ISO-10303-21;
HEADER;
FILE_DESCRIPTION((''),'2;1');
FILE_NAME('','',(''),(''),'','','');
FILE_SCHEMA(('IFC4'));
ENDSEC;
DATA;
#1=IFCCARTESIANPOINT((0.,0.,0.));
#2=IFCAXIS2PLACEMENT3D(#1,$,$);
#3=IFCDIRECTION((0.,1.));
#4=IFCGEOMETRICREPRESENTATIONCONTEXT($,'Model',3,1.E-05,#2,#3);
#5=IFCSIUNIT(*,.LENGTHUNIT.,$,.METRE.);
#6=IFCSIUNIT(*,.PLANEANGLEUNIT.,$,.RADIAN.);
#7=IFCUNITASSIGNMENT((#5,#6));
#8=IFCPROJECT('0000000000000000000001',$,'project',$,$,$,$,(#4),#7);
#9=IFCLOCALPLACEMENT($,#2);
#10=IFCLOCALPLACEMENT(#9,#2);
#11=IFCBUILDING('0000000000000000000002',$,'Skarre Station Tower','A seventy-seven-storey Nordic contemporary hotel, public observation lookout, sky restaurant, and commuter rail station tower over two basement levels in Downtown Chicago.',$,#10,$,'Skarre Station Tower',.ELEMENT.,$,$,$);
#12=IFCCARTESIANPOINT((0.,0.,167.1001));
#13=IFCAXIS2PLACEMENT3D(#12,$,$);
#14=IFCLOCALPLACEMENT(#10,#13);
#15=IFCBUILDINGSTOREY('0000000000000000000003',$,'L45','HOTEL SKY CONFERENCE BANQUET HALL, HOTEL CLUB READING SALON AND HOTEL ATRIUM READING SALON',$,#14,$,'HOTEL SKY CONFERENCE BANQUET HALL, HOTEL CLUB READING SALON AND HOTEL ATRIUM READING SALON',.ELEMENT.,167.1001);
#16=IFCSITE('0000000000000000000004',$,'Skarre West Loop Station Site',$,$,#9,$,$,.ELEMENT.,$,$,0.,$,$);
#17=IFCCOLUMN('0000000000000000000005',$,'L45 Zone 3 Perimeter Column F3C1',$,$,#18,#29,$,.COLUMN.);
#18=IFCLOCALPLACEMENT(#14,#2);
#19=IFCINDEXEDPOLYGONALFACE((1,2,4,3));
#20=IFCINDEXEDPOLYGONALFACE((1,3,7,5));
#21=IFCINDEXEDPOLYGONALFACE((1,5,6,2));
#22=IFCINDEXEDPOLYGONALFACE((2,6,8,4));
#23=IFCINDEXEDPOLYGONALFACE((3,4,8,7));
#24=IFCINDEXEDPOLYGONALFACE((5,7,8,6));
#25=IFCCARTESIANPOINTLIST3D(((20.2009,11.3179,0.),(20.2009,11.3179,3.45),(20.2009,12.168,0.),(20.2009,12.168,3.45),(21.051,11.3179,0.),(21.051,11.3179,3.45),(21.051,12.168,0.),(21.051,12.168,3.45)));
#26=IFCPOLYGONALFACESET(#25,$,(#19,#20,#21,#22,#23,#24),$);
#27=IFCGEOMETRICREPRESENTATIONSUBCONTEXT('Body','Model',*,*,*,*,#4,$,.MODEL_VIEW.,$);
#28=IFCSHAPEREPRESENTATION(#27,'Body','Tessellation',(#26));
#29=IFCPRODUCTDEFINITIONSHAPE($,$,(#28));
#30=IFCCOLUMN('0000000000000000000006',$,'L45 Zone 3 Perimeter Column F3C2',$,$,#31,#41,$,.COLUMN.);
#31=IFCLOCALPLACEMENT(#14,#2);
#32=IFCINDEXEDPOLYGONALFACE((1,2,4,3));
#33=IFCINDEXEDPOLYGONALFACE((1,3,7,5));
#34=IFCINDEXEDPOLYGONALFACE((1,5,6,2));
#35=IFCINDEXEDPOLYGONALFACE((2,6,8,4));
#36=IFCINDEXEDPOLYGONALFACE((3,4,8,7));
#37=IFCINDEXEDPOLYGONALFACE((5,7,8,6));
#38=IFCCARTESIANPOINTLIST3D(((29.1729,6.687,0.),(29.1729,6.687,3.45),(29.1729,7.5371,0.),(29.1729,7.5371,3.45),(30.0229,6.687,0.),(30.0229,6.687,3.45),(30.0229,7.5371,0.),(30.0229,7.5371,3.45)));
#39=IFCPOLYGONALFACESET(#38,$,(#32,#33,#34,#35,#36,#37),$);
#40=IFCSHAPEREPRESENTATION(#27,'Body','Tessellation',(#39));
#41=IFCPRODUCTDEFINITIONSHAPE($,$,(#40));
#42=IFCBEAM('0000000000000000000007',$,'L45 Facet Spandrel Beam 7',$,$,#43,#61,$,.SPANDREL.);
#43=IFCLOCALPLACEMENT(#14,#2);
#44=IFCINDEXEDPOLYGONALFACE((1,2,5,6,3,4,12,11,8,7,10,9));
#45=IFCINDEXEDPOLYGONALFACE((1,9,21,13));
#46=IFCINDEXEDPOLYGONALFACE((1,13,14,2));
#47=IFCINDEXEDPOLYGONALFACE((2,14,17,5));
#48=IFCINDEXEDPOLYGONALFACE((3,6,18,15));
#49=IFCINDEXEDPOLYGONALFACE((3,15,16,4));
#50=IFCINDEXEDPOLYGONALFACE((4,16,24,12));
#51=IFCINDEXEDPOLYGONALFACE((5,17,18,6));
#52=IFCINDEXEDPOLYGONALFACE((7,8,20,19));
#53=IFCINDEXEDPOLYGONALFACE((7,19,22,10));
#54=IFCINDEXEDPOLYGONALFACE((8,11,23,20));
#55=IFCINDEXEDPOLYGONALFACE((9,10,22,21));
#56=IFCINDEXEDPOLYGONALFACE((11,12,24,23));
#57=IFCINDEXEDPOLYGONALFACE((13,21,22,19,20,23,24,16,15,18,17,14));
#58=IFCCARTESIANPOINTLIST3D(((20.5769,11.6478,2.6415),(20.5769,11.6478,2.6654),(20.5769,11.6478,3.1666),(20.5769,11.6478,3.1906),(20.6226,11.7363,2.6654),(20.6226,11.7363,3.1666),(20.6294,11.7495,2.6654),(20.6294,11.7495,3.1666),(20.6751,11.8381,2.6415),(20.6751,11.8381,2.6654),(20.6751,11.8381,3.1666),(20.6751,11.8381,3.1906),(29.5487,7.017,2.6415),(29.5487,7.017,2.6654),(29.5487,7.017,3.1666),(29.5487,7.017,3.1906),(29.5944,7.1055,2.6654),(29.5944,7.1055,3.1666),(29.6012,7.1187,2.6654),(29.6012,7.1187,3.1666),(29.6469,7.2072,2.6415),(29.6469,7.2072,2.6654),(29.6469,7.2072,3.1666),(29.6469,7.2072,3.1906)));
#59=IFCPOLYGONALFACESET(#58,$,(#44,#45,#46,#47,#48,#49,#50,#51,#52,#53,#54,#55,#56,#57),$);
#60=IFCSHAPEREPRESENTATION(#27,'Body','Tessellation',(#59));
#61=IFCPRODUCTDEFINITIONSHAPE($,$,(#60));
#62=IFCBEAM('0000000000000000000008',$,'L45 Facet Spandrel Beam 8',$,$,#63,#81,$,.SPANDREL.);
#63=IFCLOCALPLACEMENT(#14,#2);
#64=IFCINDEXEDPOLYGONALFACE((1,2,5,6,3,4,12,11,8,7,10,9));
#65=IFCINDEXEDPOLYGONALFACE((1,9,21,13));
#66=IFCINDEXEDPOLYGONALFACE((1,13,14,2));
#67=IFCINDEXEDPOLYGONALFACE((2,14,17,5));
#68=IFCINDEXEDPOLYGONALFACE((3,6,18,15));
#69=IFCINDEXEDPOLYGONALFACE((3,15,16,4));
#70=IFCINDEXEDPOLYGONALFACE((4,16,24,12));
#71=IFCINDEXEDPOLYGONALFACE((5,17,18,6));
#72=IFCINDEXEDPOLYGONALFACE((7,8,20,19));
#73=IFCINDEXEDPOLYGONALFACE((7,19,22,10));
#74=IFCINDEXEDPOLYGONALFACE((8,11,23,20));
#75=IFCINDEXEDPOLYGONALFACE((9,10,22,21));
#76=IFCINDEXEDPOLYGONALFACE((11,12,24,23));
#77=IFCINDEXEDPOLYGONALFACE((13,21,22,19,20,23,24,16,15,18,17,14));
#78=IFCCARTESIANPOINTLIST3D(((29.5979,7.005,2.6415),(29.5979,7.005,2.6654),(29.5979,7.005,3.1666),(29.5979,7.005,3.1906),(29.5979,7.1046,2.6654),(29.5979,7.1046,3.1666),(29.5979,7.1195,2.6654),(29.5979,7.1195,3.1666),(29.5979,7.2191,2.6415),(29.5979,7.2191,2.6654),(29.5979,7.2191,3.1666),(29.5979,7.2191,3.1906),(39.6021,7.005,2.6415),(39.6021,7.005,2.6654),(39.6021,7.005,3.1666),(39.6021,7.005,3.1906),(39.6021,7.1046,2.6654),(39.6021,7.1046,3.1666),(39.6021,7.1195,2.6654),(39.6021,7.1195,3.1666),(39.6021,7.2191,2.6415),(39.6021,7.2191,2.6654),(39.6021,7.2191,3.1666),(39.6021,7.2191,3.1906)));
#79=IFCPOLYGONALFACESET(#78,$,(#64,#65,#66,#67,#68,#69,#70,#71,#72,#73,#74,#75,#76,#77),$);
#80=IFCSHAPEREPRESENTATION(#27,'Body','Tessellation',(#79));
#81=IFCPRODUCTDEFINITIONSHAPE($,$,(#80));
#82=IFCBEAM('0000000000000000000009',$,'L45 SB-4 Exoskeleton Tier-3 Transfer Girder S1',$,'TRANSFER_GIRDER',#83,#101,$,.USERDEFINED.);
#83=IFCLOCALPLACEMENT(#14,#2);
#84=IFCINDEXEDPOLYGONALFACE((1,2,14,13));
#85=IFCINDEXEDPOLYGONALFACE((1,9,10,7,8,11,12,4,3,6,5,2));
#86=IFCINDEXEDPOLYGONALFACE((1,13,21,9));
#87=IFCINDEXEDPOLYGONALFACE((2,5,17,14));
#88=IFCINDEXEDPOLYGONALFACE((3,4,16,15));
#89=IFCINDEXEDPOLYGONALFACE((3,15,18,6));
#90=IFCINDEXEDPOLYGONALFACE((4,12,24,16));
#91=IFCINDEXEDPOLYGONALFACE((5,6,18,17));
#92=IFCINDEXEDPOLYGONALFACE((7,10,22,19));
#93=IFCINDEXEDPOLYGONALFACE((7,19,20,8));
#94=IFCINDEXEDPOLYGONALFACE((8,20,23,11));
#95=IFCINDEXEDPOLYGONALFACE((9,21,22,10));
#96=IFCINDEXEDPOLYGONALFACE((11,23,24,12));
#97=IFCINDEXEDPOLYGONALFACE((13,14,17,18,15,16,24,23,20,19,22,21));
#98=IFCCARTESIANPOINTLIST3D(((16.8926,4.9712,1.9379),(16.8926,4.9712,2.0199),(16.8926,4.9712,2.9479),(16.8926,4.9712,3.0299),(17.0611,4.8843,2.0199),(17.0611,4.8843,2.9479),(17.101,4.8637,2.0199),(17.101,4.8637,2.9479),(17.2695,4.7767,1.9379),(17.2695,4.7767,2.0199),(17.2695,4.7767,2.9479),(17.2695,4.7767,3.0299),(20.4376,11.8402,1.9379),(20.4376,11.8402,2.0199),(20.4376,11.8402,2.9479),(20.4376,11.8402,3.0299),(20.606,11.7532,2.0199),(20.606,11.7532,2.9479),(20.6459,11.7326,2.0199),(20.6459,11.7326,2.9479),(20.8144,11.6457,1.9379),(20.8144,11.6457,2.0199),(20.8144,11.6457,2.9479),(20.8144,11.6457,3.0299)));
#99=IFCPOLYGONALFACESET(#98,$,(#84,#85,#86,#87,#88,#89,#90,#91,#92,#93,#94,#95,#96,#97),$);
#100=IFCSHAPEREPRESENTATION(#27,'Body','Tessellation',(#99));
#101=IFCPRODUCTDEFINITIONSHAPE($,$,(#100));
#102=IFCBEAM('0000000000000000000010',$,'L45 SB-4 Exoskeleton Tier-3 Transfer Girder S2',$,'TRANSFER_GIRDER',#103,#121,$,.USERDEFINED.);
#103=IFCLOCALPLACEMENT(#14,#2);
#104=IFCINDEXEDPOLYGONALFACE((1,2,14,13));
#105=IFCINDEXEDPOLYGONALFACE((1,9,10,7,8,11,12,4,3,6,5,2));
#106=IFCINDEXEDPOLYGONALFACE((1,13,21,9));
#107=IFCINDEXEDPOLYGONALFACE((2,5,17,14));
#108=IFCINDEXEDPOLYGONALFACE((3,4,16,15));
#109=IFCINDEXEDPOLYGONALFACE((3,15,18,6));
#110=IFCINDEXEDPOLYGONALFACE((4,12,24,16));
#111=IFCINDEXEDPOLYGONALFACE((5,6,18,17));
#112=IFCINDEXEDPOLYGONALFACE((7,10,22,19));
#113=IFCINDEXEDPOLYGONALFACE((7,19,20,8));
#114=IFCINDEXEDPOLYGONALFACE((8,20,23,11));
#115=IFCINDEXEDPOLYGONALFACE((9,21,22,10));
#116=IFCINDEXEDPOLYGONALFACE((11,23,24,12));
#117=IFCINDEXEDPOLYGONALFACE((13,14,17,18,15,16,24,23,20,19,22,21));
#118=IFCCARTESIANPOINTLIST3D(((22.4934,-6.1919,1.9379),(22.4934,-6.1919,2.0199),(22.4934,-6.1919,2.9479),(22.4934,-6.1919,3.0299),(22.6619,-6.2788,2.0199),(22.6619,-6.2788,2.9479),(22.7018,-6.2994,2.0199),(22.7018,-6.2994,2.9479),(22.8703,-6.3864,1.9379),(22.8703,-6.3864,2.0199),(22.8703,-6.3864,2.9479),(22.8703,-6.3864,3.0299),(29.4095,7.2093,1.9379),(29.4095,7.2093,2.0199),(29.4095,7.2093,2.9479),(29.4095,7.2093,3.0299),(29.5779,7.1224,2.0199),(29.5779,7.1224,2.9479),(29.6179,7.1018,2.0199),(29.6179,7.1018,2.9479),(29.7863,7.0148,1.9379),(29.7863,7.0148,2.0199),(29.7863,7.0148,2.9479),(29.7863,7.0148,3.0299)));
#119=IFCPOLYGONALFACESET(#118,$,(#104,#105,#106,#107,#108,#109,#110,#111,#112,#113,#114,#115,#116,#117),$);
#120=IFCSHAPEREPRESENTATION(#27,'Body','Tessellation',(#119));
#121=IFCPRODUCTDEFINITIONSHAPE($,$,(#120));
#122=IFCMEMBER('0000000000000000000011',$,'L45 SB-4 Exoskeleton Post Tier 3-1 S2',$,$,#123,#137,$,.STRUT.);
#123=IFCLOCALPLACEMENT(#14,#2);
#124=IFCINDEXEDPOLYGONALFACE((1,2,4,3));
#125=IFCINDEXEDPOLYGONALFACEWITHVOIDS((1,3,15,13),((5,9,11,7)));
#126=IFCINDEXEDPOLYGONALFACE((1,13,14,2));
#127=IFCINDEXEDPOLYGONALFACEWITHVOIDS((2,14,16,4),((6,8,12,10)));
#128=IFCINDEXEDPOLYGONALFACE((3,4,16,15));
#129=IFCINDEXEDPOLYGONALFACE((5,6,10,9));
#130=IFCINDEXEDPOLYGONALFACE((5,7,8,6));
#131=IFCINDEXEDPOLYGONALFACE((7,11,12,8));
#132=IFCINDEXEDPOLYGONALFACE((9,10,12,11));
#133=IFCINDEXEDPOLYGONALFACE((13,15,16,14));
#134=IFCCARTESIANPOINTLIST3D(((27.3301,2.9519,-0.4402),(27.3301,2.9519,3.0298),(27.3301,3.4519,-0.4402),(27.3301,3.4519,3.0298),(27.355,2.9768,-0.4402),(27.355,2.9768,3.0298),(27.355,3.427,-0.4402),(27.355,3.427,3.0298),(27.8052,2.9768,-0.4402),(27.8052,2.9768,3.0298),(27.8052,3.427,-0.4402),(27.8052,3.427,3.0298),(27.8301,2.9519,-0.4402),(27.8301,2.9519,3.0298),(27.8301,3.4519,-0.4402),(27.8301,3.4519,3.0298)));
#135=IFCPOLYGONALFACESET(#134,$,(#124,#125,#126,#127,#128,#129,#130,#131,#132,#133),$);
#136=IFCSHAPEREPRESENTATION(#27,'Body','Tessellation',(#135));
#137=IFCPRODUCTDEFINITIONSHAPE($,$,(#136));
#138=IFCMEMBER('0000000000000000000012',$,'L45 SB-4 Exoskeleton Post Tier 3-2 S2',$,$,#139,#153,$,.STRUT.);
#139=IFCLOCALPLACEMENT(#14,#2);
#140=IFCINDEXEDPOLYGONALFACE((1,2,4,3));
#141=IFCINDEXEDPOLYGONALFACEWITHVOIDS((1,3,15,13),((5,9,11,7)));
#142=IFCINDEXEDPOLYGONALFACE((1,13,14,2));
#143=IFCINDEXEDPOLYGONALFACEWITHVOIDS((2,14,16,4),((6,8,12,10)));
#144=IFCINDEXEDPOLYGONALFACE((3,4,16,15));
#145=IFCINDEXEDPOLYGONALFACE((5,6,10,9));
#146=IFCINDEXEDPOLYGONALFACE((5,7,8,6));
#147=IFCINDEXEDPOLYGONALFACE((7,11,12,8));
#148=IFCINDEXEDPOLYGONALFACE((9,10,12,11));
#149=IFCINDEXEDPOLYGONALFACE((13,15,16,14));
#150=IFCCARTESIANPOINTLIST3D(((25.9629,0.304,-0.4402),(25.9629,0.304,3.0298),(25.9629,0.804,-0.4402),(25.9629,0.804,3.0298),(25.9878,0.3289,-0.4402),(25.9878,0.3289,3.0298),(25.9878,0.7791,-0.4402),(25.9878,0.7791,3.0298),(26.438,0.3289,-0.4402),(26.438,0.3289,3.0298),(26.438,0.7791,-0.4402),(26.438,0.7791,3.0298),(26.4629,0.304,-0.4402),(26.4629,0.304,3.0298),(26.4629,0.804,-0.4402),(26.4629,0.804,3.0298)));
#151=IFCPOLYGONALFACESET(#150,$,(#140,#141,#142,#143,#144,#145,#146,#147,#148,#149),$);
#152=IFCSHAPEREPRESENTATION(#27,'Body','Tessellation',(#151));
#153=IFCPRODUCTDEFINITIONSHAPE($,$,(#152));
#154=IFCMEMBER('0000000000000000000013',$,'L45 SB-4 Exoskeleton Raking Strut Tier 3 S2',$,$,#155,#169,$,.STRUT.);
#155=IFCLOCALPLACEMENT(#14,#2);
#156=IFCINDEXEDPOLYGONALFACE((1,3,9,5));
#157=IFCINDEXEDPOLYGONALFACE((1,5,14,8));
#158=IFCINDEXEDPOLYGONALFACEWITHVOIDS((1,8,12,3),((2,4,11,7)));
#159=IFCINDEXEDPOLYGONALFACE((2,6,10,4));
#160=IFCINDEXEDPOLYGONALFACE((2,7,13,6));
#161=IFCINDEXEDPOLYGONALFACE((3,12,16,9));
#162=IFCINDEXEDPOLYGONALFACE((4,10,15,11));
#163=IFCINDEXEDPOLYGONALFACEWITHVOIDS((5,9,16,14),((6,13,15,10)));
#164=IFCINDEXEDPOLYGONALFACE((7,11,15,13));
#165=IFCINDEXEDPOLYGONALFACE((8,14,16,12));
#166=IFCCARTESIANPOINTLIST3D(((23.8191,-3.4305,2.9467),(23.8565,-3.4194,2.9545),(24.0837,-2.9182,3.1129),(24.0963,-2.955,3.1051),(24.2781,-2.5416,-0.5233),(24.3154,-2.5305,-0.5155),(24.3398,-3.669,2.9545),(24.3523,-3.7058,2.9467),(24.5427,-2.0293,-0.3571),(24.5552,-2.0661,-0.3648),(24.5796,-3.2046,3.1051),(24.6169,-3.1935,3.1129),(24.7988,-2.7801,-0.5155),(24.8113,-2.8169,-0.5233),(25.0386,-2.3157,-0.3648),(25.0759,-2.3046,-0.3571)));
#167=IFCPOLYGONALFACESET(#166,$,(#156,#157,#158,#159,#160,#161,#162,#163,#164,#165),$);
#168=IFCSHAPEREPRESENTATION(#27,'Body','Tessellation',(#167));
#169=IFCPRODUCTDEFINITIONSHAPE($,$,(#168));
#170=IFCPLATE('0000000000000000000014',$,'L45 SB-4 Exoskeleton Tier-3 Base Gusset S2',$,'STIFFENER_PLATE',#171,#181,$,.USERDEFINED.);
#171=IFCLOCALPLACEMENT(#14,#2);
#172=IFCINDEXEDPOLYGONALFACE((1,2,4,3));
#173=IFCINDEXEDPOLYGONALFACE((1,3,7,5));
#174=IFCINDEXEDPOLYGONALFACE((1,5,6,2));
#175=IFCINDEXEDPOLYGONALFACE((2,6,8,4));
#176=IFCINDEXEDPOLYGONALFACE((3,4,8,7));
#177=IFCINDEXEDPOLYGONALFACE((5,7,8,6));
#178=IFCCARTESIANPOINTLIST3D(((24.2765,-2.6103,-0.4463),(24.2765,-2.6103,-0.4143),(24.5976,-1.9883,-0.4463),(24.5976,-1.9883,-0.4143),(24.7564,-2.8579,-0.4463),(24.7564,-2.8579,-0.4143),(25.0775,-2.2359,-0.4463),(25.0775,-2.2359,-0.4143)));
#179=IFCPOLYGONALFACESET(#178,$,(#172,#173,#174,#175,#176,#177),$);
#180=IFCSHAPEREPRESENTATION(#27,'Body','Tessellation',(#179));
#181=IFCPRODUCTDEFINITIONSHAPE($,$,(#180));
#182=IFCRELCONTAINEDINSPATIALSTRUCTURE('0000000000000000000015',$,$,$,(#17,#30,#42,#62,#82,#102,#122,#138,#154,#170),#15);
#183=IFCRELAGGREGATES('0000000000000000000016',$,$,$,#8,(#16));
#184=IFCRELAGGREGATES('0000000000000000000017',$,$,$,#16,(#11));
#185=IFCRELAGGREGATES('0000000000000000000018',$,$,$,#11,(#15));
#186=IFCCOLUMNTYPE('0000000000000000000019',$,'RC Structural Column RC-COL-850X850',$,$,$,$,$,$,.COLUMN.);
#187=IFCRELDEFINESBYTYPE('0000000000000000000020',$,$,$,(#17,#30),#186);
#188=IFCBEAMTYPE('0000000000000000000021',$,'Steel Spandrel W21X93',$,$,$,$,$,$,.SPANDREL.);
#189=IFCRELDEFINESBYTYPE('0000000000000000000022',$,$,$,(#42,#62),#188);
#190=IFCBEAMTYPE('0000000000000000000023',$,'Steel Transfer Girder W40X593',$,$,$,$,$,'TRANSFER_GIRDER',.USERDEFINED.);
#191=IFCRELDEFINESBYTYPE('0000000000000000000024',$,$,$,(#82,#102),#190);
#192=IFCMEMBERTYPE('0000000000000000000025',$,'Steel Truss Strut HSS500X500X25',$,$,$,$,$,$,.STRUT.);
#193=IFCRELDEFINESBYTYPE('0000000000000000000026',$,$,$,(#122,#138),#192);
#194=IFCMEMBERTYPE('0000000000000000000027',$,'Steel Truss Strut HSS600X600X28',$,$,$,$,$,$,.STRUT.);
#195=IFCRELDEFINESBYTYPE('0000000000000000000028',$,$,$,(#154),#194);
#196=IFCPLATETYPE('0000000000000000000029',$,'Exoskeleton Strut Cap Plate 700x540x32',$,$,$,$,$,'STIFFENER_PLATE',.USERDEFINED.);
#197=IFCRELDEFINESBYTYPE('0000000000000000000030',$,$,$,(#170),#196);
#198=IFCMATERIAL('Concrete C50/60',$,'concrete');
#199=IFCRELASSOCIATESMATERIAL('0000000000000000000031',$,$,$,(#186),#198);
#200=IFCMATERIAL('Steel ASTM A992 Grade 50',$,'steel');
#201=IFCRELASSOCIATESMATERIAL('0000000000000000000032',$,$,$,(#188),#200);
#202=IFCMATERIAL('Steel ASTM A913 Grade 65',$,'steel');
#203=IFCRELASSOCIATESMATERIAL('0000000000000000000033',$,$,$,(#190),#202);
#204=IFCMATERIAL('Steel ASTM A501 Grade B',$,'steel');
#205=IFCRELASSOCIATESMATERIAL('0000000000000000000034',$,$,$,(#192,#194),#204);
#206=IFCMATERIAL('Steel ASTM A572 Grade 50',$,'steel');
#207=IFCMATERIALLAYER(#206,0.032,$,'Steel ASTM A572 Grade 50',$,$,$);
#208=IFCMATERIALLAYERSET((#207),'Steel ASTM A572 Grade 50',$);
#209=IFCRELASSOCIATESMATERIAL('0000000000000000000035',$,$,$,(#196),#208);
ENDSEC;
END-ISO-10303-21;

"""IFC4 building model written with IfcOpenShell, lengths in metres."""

from ifc_helpers import new_model, si_unit, direction, frame, origin, origin_2d, place, context, subcontext, project, spatial, rectangle, hollow_rectangle, i_section, extrude, material, layer, layer_set, material_profile, profile_set, type_object, element, save


model = new_model("IFC4")

# Units and contexts
model_context = context("Model", 3, precision=1e-05, world=origin(), true_north=direction((0.0, 1.0)))
body_context = subcontext(model_context, "Body", "Model", "MODEL_VIEW")
ifc_project = project(units=[si_unit("LENGTHUNIT", "METRE"), si_unit("PLANEANGLEUNIT", "RADIAN")], contexts=[model_context])

# Site, building, storey
site_placement = place(None, origin())
site = spatial("IfcSite", under=ifc_project, at=site_placement, Name="Skarre West Loop Station Site", CompositionType="ELEMENT", RefElevation=0.0)
building_placement = place(site_placement, origin())
building = spatial("IfcBuilding", under=site, at=building_placement, Name="Skarre Station Tower", Description="A seventy-seven-storey Nordic contemporary hotel, public observation lookout, sky restaurant, and commuter rail station tower over two basement levels in Downtown Chicago.", LongName="Skarre Station Tower", CompositionType="ELEMENT")
storey_placement = place(building_placement, frame((0.0, 0.0, 167.1001)))
storey = spatial("IfcBuildingStorey", under=building, at=storey_placement, Name="L45", Description="HOTEL SKY CONFERENCE BANQUET HALL, HOTEL CLUB READING SALON AND HOTEL ATRIUM READING SALON", LongName="HOTEL SKY CONFERENCE BANQUET HALL, HOTEL CLUB READING SALON AND HOTEL ATRIUM READING SALON", CompositionType="ELEMENT", Elevation=167.1001)

# Columns
ifc_material_1 = material(Name="Concrete C50/60", Category="concrete")
ifc_material_profile_1 = material_profile(ifc_material_1, rectangle(XDim=0.8501, YDim=0.8501, at=origin_2d()), Name="Concrete C50/60")
ifc_profile_set_1 = profile_set([ifc_material_profile_1], Name="Concrete C50/60")
column_type = type_object("IfcColumnType", Name="RC Structural Column RC-COL-850X850", PredefinedType="COLUMN", material=ifc_profile_set_1)
for number, where, z_axis, x_axis, name in (
    (1, (20.626, 11.7429, 0.0), (0.0, 0.0, 1.0), (1.0, 0.0, 0.0), "L45 Zone 3 Perimeter Column F3C1"),
    (2, (29.5979, 7.1121, 0.0), (0.0, 0.0, 1.0), (1.0, 0.0, 0.0), "L45 Zone 3 Perimeter Column F3C2"),
):
    element("IfcColumn", number, at=place(storey_placement, frame(where, z_axis=z_axis, x_axis=x_axis)), inside=storey, type_object=column_type, Name=name, PredefinedType="COLUMN", context=body_context, shape_type="SweptSolid", body=[
        extrude(rectangle(XDim=0.8501, YDim=0.8501, at=origin_2d()), origin(), (0.0, 0.0, 1.0), 3.45),
    ])

# Beams
ifc_material_2 = material(Name="Steel ASTM A992 Grade 50", Category="steel")
ifc_material_profile_2 = material_profile(ifc_material_2, i_section(OverallWidth=0.2141, OverallDepth=0.5491, WebThickness=0.0149, FlangeThickness=0.0239, at=origin_2d()), Name="Steel ASTM A992 Grade 50")
ifc_profile_set_2 = profile_set([ifc_material_profile_2], Name="Steel ASTM A992 Grade 50")
beam_type_1 = type_object("IfcBeamType", Name="Steel Spandrel W21X93", PredefinedType="SPANDREL", material=ifc_profile_set_2)
beam_1_placement = place(storey_placement, frame((20.626, 11.7429, 2.916), z_axis=(0.888613, -0.458658, 0.0), x_axis=(0.458658, 0.888613, 0.0)))
element("IfcBeam", 3, at=beam_1_placement, inside=storey, type_object=beam_type_1, Name="L45 Facet Spandrel Beam 7", PredefinedType="SPANDREL", context=body_context, shape_type="SweptSolid", body=[
    extrude(i_section(OverallWidth=0.2141, OverallDepth=0.5491, WebThickness=0.0149, FlangeThickness=0.0239, at=origin_2d()), origin(), (0.0, 0.0, 1.0), 10.0964),
])
beam_2_placement = place(storey_placement, frame((29.5979, 7.1121, 2.916), z_axis=(1.0, 0.0, 0.0), x_axis=(0.0, 1.0, 0.0)))
element("IfcBeam", 4, at=beam_2_placement, inside=storey, type_object=beam_type_1, Name="L45 Facet Spandrel Beam 8", PredefinedType="SPANDREL", context=body_context, shape_type="SweptSolid", body=[
    extrude(i_section(OverallWidth=0.2141, OverallDepth=0.5491, WebThickness=0.0149, FlangeThickness=0.0239, at=origin_2d()), origin(), (0.0, 0.0, 1.0), 10.0042),
])
ifc_material_3 = material(Name="Steel ASTM A913 Grade 65", Category="steel")
ifc_material_profile_3 = material_profile(ifc_material_3, i_section(OverallWidth=0.4241, OverallDepth=1.092, WebThickness=0.0449, FlangeThickness=0.082, at=origin_2d()), Name="Steel ASTM A913 Grade 65")
ifc_profile_set_3 = profile_set([ifc_material_profile_3], Name="Steel ASTM A913 Grade 65")
beam_type_2 = type_object("IfcBeamType", Name="Steel Transfer Girder W40X593", ElementType="TRANSFER_GIRDER", PredefinedType="USERDEFINED", material=ifc_profile_set_3)
beam_3_placement = place(storey_placement, frame((20.626, 11.7429, 2.4839), z_axis=(-0.458611, -0.888637, 0.0), x_axis=(0.888637, -0.458611, 0.0)))
element("IfcBeam", 5, at=beam_3_placement, inside=storey, type_object=beam_type_2, Name="L45 SB-4 Exoskeleton Tier-3 Transfer Girder S1", ObjectType="TRANSFER_GIRDER", PredefinedType="USERDEFINED", context=body_context, shape_type="SweptSolid", body=[
    extrude(i_section(OverallWidth=0.4241, OverallDepth=1.092, WebThickness=0.0449, FlangeThickness=0.082, at=origin_2d()), origin(), (0.0, 0.0, 1.0), 7.7297),
])
beam_4_placement = place(storey_placement, frame((29.5979, 7.1121, 2.4839), z_axis=(-0.458607, -0.888639, 0.0), x_axis=(0.888639, -0.458607, 0.0)))
element("IfcBeam", 6, at=beam_4_placement, inside=storey, type_object=beam_type_2, Name="L45 SB-4 Exoskeleton Tier-3 Transfer Girder S2", ObjectType="TRANSFER_GIRDER", PredefinedType="USERDEFINED", context=body_context, shape_type="SweptSolid", body=[
    extrude(i_section(OverallWidth=0.4241, OverallDepth=1.092, WebThickness=0.0449, FlangeThickness=0.082, at=origin_2d()), origin(), (0.0, 0.0, 1.0), 15.0806),
])

# Members
ifc_material_4 = material(Name="Steel ASTM A501 Grade B", Category="steel")
ifc_material_profile_4 = material_profile(ifc_material_4, hollow_rectangle(XDim=0.5, YDim=0.5, WallThickness=0.0249, at=origin_2d()), Name="Steel ASTM A501 Grade B")
ifc_profile_set_4 = profile_set([ifc_material_profile_4], Name="Steel ASTM A501 Grade B")
member_type_1 = type_object("IfcMemberType", Name="Steel Truss Strut HSS500X500X25", PredefinedType="STRUT", material=ifc_profile_set_4)
for number, where, z_axis, x_axis, name in (
    (7, (27.5801, 3.2019, -0.4402), (0.0, 0.0, 1.0), (1.0, 0.0, 0.0), "L45 SB-4 Exoskeleton Post Tier 3-1 S2"),
    (8, (26.2129, 0.554, -0.4402), (0.0, 0.0, 1.0), (1.0, 0.0, 0.0), "L45 SB-4 Exoskeleton Post Tier 3-2 S2"),
):
    element("IfcMember", number, at=place(storey_placement, frame(where, z_axis=z_axis, x_axis=x_axis)), inside=storey, type_object=member_type_1, Name=name, PredefinedType="STRUT", context=body_context, shape_type="SweptSolid", body=[
        extrude(hollow_rectangle(XDim=0.5, YDim=0.5, WallThickness=0.0249, at=origin_2d()), origin(), (0.0, 0.0, 1.0), 3.47),
    ])
ifc_material_profile_5 = material_profile(ifc_material_4, hollow_rectangle(XDim=0.6001, YDim=0.6001, WallThickness=0.0281, at=origin_2d()), Name="Steel ASTM A501 Grade B")
ifc_profile_set_5 = profile_set([ifc_material_profile_5], Name="Steel ASTM A501 Grade B")
member_type_2 = type_object("IfcMemberType", Name="Steel Truss Strut HSS600X600X28", PredefinedType="STRUT", material=ifc_profile_set_5)
member_placement = place(storey_placement, frame((24.677, -2.4231, -0.4402), z_axis=(-0.127096, -0.246148, 0.960863), x_axis=(0.888544, -0.458792, 0.0)))
element("IfcMember", 9, at=member_placement, inside=storey, type_object=member_type_2, Name="L45 SB-4 Exoskeleton Raking Strut Tier 3 S2", PredefinedType="STRUT", context=body_context, shape_type="SweptSolid", body=[
    extrude(hollow_rectangle(XDim=0.6001, YDim=0.6001, WallThickness=0.0281, at=origin_2d()), origin(), (0.0, 0.0, 1.0), 3.6113),
])

# Plate
ifc_material_5 = material(Name="Steel ASTM A572 Grade 50", Category="steel")
ifc_layer_1 = layer(ifc_material_5, 0.032, Name="Steel ASTM A572 Grade 50")
ifc_layer_set_1 = layer_set([ifc_layer_1], Name="Steel ASTM A572 Grade 50")
plate_type = type_object("IfcPlateType", Name="Exoskeleton Strut Cap Plate 700x540x32", ElementType="STIFFENER_PLATE", PredefinedType="USERDEFINED", material=ifc_layer_set_1)
for number, where, z_axis, x_axis, name in (
    (10, (24.677, -2.4231, -0.4463), (0.0, 0.0, 1.0), (-0.458634, -0.888625, 0.0), "L45 SB-4 Exoskeleton Tier-3 Base Gusset S2"),
):
    element("IfcPlate", number, at=place(storey_placement, frame(where, z_axis=z_axis, x_axis=x_axis)), inside=storey, type_object=plate_type, Name=name, ObjectType="STIFFENER_PLATE", PredefinedType="USERDEFINED", context=body_context, shape_type="SweptSolid", body=[
        extrude(rectangle(XDim=0.7, YDim=0.54, at=origin_2d()), origin(), (0.0, 0.0, 1.0), 0.032),
    ])

save(model, "model.ifc")
